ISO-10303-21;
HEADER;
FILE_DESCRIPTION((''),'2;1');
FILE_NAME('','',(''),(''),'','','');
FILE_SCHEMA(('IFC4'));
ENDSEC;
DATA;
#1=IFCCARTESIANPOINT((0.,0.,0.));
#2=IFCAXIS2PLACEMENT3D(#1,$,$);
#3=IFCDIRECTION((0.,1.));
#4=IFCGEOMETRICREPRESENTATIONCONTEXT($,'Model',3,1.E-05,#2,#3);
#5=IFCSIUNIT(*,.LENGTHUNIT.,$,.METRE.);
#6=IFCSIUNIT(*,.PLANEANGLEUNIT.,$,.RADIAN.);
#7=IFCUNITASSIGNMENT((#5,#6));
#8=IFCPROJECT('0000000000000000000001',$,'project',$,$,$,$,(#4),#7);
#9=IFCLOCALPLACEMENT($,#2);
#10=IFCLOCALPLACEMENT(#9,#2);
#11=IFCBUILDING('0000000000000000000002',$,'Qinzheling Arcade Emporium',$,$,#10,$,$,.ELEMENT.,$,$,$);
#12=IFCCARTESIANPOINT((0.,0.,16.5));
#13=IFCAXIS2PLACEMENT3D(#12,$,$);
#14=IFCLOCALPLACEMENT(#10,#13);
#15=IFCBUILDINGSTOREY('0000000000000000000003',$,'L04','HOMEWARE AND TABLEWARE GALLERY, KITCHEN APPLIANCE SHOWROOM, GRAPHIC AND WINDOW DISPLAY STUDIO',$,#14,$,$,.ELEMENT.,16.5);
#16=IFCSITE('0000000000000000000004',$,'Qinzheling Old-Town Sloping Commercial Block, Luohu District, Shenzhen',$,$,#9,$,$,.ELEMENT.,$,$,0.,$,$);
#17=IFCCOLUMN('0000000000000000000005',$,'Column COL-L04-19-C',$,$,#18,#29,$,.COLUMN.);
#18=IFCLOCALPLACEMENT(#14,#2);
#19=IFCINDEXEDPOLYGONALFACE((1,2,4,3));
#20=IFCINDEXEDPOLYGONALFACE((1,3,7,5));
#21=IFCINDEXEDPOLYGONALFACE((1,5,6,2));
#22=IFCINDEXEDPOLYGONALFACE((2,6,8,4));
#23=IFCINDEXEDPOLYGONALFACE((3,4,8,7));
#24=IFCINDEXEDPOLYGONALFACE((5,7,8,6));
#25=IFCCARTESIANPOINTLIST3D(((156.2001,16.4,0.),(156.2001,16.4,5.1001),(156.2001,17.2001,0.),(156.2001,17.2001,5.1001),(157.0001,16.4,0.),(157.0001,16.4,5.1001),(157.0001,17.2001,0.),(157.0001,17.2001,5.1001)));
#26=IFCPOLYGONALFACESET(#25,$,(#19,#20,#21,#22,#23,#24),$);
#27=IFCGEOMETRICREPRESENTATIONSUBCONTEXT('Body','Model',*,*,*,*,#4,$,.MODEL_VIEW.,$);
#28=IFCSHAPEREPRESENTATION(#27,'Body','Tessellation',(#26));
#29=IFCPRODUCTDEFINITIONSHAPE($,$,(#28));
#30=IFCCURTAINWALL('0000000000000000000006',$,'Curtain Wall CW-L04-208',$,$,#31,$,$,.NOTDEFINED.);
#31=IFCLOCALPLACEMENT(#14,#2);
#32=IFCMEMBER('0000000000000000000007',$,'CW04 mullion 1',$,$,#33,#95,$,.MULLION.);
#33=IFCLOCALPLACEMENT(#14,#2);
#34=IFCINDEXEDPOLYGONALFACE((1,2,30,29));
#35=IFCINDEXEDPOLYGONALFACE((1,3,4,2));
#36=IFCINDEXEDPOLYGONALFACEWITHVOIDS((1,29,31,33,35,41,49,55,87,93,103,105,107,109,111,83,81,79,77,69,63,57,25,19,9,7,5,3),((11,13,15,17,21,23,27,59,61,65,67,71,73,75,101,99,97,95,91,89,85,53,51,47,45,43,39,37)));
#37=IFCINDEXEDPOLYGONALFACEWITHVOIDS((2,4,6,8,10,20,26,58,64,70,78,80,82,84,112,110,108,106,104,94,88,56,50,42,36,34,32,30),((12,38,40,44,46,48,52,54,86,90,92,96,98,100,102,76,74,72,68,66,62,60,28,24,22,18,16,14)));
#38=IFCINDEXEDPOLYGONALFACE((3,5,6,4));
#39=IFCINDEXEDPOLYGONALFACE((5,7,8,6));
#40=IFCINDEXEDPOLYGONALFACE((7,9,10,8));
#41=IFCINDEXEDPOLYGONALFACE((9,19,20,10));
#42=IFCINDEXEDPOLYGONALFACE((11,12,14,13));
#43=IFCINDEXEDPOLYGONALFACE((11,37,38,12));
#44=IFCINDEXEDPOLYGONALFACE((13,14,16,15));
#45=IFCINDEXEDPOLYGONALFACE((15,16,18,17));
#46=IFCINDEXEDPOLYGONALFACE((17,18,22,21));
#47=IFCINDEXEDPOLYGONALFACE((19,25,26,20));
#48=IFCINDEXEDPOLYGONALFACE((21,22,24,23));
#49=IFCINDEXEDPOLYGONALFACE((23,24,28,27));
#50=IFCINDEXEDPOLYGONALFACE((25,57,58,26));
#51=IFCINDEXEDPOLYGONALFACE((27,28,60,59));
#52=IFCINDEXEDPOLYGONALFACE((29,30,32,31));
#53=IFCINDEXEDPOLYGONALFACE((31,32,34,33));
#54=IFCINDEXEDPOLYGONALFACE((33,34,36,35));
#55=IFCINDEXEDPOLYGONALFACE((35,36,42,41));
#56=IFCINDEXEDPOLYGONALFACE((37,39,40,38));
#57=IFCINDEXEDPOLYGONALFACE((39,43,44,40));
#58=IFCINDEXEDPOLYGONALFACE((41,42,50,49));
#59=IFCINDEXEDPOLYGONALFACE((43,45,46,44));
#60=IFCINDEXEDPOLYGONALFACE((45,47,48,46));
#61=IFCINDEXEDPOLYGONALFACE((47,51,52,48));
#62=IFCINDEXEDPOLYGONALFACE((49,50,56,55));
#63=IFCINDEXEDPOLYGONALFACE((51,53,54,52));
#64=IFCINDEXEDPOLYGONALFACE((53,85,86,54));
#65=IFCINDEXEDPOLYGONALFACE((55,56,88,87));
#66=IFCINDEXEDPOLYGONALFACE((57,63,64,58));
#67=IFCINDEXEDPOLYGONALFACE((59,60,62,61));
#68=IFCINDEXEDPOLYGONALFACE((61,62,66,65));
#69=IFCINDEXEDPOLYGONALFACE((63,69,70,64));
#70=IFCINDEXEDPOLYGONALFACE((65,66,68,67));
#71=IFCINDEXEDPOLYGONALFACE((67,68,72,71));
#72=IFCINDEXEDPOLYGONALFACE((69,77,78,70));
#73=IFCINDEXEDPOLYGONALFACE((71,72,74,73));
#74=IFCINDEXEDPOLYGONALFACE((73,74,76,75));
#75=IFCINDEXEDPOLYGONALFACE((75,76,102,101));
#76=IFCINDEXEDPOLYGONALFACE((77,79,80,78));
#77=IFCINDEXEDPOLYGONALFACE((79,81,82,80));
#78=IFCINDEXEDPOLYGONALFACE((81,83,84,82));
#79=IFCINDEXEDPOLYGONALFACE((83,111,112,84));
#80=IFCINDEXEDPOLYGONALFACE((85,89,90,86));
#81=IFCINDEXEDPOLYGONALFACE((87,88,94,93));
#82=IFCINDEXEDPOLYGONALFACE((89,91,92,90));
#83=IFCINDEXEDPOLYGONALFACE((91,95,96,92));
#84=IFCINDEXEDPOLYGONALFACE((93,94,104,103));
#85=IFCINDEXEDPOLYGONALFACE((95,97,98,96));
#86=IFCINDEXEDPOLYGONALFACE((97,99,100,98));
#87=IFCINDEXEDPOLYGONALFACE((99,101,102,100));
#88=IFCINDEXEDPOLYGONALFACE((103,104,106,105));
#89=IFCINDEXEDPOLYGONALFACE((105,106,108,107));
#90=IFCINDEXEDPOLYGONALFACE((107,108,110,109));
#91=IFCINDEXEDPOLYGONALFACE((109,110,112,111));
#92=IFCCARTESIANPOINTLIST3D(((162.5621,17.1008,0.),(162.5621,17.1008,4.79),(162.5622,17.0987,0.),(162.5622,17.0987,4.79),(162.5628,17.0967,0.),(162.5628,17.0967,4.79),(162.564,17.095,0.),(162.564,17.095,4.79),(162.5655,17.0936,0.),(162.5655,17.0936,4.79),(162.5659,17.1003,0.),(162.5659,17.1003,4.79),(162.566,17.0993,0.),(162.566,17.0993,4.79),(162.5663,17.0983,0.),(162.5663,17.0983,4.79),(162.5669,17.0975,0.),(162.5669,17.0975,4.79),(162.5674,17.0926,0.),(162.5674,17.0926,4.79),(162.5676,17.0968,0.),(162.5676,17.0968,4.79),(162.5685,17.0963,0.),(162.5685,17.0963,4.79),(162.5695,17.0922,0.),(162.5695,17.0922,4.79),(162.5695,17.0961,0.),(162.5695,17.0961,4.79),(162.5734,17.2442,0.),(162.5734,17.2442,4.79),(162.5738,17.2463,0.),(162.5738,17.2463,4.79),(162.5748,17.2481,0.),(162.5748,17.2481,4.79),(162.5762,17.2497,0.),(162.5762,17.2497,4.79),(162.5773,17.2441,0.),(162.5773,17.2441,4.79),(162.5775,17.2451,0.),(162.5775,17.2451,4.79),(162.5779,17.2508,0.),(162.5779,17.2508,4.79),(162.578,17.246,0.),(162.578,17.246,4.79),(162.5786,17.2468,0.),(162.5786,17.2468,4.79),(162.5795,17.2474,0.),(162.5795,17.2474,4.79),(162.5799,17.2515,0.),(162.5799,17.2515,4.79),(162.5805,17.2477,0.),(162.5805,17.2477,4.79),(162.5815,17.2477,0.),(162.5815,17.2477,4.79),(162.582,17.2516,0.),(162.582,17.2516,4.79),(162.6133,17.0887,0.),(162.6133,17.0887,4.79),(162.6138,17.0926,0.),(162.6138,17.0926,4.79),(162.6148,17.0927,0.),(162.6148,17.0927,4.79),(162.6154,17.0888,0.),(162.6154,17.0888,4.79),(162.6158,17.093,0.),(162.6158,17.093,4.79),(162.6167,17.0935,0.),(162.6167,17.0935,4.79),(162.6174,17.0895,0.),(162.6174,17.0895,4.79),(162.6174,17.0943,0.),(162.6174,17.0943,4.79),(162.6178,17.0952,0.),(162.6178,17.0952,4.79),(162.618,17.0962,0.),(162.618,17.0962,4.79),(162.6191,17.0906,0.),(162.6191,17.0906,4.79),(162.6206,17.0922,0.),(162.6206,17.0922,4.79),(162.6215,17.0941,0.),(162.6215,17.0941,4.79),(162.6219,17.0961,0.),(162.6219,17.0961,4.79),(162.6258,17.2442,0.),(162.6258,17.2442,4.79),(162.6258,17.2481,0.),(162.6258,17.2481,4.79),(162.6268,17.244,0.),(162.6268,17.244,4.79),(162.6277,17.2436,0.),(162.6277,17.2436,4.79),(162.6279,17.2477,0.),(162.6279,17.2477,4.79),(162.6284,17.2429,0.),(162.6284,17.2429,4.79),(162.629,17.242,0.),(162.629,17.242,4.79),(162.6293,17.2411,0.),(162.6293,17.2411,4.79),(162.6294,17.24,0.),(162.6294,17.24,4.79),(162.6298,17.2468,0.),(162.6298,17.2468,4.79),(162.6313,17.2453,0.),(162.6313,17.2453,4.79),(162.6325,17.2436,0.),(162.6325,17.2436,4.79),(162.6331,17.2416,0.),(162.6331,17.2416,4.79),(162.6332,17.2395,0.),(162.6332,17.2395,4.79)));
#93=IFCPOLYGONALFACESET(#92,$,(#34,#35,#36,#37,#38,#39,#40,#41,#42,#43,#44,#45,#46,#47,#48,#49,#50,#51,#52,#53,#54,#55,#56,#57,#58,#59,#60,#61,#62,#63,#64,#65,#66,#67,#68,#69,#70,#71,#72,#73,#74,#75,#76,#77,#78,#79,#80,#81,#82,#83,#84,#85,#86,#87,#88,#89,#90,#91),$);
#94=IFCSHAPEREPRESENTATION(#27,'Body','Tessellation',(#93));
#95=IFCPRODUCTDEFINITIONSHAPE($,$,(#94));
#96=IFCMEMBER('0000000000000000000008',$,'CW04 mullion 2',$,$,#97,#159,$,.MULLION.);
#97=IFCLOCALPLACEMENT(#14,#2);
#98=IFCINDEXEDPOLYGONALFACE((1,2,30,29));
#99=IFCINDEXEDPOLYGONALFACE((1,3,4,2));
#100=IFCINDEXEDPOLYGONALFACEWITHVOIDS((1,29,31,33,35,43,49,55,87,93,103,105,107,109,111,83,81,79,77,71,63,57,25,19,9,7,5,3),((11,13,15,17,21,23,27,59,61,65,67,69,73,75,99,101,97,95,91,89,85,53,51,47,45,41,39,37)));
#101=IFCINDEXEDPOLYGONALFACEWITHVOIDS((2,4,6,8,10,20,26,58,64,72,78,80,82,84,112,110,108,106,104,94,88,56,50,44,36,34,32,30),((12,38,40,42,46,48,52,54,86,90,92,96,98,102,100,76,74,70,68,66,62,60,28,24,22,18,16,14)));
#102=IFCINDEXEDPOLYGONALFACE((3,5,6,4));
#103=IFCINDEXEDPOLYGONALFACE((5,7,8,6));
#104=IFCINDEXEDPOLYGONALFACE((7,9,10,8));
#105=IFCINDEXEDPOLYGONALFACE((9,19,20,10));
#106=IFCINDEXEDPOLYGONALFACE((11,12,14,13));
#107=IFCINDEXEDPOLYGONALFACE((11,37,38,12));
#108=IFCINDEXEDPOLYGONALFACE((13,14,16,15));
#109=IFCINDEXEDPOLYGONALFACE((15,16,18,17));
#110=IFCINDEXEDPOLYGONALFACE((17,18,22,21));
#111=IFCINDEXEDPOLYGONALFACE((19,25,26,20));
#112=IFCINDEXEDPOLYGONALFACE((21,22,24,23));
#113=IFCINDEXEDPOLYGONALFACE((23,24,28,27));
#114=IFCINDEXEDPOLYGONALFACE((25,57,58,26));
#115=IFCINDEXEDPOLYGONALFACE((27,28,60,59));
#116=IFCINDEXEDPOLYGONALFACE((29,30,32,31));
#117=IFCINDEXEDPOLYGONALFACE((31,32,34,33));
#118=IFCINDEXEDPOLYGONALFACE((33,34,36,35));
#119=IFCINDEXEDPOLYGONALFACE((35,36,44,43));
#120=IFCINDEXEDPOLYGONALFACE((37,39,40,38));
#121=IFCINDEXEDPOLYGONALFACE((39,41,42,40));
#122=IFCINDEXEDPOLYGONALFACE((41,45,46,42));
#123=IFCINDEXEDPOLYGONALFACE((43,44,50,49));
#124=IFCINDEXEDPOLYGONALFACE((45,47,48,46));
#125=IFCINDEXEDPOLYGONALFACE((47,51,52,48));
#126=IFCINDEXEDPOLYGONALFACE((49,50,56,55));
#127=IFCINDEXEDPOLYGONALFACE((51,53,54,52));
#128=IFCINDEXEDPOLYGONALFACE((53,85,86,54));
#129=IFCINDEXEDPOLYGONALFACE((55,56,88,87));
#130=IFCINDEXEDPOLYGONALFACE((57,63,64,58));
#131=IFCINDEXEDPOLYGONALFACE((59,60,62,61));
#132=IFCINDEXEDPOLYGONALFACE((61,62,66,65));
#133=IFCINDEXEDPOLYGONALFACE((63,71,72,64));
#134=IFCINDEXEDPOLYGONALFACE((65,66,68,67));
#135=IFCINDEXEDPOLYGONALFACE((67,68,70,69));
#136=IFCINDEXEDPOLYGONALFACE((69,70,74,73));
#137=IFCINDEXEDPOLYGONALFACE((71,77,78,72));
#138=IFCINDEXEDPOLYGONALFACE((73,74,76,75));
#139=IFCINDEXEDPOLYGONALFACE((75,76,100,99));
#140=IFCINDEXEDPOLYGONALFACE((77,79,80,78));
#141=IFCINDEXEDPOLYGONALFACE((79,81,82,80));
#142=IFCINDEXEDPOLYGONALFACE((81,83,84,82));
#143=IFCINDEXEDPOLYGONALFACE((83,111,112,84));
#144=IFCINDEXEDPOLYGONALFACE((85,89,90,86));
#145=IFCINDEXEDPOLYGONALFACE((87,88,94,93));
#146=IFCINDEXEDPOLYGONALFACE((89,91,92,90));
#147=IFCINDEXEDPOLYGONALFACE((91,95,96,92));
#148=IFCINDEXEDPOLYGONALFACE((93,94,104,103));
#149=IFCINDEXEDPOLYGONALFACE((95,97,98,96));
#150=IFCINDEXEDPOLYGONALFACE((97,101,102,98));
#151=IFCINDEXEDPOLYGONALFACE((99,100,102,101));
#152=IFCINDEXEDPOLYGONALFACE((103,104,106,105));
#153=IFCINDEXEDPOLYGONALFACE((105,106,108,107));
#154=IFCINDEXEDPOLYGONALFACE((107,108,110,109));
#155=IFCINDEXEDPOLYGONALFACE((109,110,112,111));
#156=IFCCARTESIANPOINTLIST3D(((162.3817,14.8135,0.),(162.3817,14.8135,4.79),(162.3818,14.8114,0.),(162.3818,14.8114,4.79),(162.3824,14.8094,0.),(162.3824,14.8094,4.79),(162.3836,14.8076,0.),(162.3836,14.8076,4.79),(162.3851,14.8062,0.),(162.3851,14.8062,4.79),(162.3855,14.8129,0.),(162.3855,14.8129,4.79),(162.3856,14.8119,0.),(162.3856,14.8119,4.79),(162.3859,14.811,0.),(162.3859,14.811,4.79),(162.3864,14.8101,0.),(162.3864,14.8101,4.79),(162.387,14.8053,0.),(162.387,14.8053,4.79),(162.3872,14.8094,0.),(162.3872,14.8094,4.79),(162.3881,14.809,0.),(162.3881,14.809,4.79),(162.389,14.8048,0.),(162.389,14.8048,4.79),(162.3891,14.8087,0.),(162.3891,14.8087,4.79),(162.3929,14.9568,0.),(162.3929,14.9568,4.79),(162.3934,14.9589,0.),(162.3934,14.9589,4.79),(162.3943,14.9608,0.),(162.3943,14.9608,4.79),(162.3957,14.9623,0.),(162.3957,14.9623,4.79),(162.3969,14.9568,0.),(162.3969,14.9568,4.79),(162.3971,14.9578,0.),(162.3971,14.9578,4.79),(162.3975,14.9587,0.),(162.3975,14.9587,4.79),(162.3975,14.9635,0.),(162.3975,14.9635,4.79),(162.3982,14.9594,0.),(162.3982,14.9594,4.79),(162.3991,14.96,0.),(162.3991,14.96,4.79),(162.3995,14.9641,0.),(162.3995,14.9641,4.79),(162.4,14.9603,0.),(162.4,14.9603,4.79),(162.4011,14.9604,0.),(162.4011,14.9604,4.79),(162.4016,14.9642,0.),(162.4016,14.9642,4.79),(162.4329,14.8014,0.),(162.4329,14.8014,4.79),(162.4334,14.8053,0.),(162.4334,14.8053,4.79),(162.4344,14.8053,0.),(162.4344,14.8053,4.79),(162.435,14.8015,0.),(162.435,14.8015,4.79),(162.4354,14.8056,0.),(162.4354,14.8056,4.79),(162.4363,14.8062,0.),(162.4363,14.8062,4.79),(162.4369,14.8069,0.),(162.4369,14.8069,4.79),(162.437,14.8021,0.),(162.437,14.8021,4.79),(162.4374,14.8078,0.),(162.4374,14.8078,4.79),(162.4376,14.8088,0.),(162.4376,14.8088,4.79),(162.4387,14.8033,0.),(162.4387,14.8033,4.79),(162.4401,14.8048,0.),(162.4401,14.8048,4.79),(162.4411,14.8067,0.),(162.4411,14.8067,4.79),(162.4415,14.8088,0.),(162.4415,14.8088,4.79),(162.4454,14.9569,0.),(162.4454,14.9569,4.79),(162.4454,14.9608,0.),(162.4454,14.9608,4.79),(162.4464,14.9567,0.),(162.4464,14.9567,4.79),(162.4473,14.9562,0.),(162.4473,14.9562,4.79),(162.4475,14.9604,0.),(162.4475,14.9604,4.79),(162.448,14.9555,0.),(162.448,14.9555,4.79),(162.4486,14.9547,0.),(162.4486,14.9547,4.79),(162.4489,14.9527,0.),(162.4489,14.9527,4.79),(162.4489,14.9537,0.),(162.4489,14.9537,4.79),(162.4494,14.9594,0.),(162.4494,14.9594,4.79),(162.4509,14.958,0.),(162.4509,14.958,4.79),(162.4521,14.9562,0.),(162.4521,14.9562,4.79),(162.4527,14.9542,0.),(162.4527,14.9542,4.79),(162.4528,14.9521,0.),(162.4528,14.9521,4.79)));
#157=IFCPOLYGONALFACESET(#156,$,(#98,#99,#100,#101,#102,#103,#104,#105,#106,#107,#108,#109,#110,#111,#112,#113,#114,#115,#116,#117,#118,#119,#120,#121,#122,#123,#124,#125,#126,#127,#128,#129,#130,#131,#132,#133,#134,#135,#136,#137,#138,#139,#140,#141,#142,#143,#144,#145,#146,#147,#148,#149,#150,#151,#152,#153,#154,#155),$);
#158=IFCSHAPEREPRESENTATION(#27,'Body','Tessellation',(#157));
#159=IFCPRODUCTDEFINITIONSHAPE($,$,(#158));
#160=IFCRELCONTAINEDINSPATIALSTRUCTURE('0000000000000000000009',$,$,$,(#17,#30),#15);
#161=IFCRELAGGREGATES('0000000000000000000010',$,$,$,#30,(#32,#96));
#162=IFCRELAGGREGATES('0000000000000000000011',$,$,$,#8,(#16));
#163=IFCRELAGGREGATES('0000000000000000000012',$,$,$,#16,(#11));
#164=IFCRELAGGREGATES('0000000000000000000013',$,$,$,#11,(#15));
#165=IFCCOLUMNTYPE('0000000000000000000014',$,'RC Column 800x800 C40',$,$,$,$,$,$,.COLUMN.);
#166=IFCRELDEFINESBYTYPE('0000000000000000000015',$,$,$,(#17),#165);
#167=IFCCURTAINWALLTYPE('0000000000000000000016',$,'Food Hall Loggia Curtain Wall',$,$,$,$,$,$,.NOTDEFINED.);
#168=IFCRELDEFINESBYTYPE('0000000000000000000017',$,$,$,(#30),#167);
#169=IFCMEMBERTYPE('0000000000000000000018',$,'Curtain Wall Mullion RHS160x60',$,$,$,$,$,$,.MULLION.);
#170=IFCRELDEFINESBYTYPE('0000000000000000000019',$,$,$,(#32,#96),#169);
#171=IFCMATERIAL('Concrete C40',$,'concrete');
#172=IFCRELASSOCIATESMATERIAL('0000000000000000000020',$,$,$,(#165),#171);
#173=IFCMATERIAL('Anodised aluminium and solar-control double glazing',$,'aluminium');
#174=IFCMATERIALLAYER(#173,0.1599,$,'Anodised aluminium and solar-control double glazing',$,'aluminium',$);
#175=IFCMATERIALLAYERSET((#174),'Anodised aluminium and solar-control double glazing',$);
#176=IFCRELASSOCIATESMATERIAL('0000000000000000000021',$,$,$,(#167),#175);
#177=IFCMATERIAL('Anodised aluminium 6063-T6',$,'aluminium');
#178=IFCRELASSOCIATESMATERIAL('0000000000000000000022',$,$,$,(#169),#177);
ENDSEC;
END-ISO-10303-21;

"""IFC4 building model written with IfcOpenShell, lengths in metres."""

from ifc_helpers import new_model, si_unit, direction, frame, origin, origin_2d, place, context, subcontext, project, spatial, rectangle, hollow_rectangle, extrude, material, layer, layer_set, material_profile, profile_set, type_object, element, aggregate, save


model = new_model("IFC4")

# Units and contexts
model_context = context("Model", 3, precision=1e-05, world=origin(), true_north=direction((0.0, 1.0)))
body_context = subcontext(model_context, "Body", "Model", "MODEL_VIEW")
ifc_project = project(units=[si_unit("LENGTHUNIT", "METRE"), si_unit("PLANEANGLEUNIT", "RADIAN")], contexts=[model_context])

# Site, building, storey
site_placement = place(None, origin())
site = spatial("IfcSite", under=ifc_project, at=site_placement, Name="Qinzheling Old-Town Sloping Commercial Block, Luohu District, Shenzhen", CompositionType="ELEMENT", RefElevation=0.0)
building_placement = place(site_placement, origin())
building = spatial("IfcBuilding", under=site, at=building_placement, Name="Qinzheling Arcade Emporium", CompositionType="ELEMENT")
storey_placement = place(building_placement, frame((0.0, 0.0, 16.5)))
storey = spatial("IfcBuildingStorey", under=building, at=storey_placement, Name="L04", Description="HOMEWARE AND TABLEWARE GALLERY, KITCHEN APPLIANCE SHOWROOM, GRAPHIC AND WINDOW DISPLAY STUDIO", CompositionType="ELEMENT", Elevation=16.5)

# Column
ifc_material_1 = material(Name="Concrete C40", Category="concrete")
ifc_material_profile_1 = material_profile(ifc_material_1, rectangle(XDim=0.8, YDim=0.8, at=origin_2d()), Name="RC 800x800", Category="concrete")
ifc_profile_set_1 = profile_set([ifc_material_profile_1], Name="Concrete C40")
column_type = type_object("IfcColumnType", Name="RC Column 800x800 C40", PredefinedType="COLUMN", material=ifc_profile_set_1)
column_placement = place(storey_placement, frame((156.6001, 16.8, 0.0), z_axis=(0.0, 0.0, 1.0), x_axis=(1.0, 0.0, 0.0)))
element("IfcColumn", 1, at=column_placement, inside=storey, type_object=column_type, Name="Column COL-L04-19-C", PredefinedType="COLUMN", context=body_context, shape_type="SweptSolid", body=[
    extrude(rectangle(XDim=0.8, YDim=0.8, at=origin_2d()), origin(), (0.0, 0.0, 1.0), 5.1001),
])

# Curtain wall, members
ifc_material_2 = material(Name="Anodised aluminium and solar-control double glazing", Category="aluminium")
ifc_layer_1 = layer(ifc_material_2, 0.1599, Name="Anodised aluminium and solar-control double glazing", Category="aluminium")
ifc_layer_set_1 = layer_set([ifc_layer_1], Name="Anodised aluminium and solar-control double glazing")
curtain_wall_type_1 = type_object("IfcCurtainWallType", Name="Food Hall Loggia Curtain Wall", PredefinedType="NOTDEFINED", material=ifc_layer_set_1)
curtain_wall_1_placement = place(storey_placement, origin())
curtain_wall_1 = element("IfcCurtainWall", 2, at=curtain_wall_1_placement, inside=storey, type_object=curtain_wall_type_1, Name="Curtain Wall CW-L04-208", PredefinedType="NOTDEFINED")
ifc_material_3 = material(Name="Anodised aluminium 6063-T6", Category="aluminium")
ifc_material_profile_2 = material_profile(ifc_material_3, hollow_rectangle(XDim=0.0601, YDim=0.1599, WallThickness=0.0039, InnerFilletRadius=0.0039, OuterFilletRadius=0.0081, at=origin_2d()), Name="RHS 160x60x4", Category="aluminium")
ifc_profile_set_2 = profile_set([ifc_material_profile_2], Name="Anodised aluminium 6063-T6")
member_type_1 = type_object("IfcMemberType", Name="Curtain Wall Mullion RHS160x60", PredefinedType="MULLION", material=ifc_profile_set_2)
member_1_placement = place(storey_placement, frame((162.5977, 17.1702, 0.0), z_axis=(0.0, 0.0, 1.0), x_axis=(0.996908, -0.07858, 0.0)))
member_1 = element("IfcMember", 3, at=member_1_placement, type_object=member_type_1, Name="CW04 mullion 1", PredefinedType="MULLION", context=body_context, shape_type="SweptSolid", body=[
    extrude(hollow_rectangle(XDim=0.0601, YDim=0.1599, WallThickness=0.0039, InnerFilletRadius=0.0039, OuterFilletRadius=0.0081, at=origin_2d()), origin(), (0.0, 0.0, 1.0), 4.79),
])
member_2_placement = place(storey_placement, frame((162.4172, 14.8828, 0.0), z_axis=(0.0, 0.0, 1.0), x_axis=(0.996908, -0.07858, 0.0)))
member_2 = element("IfcMember", 4, at=member_2_placement, type_object=member_type_1, Name="CW04 mullion 2", PredefinedType="MULLION", context=body_context, shape_type="SweptSolid", body=[
    extrude(hollow_rectangle(XDim=0.0601, YDim=0.1599, WallThickness=0.0039, InnerFilletRadius=0.0039, OuterFilletRadius=0.0081, at=origin_2d()), origin(), (0.0, 0.0, 1.0), 4.79),
])

aggregate(curtain_wall_1, [member_1, member_2])

save(model, "model.ifc")
